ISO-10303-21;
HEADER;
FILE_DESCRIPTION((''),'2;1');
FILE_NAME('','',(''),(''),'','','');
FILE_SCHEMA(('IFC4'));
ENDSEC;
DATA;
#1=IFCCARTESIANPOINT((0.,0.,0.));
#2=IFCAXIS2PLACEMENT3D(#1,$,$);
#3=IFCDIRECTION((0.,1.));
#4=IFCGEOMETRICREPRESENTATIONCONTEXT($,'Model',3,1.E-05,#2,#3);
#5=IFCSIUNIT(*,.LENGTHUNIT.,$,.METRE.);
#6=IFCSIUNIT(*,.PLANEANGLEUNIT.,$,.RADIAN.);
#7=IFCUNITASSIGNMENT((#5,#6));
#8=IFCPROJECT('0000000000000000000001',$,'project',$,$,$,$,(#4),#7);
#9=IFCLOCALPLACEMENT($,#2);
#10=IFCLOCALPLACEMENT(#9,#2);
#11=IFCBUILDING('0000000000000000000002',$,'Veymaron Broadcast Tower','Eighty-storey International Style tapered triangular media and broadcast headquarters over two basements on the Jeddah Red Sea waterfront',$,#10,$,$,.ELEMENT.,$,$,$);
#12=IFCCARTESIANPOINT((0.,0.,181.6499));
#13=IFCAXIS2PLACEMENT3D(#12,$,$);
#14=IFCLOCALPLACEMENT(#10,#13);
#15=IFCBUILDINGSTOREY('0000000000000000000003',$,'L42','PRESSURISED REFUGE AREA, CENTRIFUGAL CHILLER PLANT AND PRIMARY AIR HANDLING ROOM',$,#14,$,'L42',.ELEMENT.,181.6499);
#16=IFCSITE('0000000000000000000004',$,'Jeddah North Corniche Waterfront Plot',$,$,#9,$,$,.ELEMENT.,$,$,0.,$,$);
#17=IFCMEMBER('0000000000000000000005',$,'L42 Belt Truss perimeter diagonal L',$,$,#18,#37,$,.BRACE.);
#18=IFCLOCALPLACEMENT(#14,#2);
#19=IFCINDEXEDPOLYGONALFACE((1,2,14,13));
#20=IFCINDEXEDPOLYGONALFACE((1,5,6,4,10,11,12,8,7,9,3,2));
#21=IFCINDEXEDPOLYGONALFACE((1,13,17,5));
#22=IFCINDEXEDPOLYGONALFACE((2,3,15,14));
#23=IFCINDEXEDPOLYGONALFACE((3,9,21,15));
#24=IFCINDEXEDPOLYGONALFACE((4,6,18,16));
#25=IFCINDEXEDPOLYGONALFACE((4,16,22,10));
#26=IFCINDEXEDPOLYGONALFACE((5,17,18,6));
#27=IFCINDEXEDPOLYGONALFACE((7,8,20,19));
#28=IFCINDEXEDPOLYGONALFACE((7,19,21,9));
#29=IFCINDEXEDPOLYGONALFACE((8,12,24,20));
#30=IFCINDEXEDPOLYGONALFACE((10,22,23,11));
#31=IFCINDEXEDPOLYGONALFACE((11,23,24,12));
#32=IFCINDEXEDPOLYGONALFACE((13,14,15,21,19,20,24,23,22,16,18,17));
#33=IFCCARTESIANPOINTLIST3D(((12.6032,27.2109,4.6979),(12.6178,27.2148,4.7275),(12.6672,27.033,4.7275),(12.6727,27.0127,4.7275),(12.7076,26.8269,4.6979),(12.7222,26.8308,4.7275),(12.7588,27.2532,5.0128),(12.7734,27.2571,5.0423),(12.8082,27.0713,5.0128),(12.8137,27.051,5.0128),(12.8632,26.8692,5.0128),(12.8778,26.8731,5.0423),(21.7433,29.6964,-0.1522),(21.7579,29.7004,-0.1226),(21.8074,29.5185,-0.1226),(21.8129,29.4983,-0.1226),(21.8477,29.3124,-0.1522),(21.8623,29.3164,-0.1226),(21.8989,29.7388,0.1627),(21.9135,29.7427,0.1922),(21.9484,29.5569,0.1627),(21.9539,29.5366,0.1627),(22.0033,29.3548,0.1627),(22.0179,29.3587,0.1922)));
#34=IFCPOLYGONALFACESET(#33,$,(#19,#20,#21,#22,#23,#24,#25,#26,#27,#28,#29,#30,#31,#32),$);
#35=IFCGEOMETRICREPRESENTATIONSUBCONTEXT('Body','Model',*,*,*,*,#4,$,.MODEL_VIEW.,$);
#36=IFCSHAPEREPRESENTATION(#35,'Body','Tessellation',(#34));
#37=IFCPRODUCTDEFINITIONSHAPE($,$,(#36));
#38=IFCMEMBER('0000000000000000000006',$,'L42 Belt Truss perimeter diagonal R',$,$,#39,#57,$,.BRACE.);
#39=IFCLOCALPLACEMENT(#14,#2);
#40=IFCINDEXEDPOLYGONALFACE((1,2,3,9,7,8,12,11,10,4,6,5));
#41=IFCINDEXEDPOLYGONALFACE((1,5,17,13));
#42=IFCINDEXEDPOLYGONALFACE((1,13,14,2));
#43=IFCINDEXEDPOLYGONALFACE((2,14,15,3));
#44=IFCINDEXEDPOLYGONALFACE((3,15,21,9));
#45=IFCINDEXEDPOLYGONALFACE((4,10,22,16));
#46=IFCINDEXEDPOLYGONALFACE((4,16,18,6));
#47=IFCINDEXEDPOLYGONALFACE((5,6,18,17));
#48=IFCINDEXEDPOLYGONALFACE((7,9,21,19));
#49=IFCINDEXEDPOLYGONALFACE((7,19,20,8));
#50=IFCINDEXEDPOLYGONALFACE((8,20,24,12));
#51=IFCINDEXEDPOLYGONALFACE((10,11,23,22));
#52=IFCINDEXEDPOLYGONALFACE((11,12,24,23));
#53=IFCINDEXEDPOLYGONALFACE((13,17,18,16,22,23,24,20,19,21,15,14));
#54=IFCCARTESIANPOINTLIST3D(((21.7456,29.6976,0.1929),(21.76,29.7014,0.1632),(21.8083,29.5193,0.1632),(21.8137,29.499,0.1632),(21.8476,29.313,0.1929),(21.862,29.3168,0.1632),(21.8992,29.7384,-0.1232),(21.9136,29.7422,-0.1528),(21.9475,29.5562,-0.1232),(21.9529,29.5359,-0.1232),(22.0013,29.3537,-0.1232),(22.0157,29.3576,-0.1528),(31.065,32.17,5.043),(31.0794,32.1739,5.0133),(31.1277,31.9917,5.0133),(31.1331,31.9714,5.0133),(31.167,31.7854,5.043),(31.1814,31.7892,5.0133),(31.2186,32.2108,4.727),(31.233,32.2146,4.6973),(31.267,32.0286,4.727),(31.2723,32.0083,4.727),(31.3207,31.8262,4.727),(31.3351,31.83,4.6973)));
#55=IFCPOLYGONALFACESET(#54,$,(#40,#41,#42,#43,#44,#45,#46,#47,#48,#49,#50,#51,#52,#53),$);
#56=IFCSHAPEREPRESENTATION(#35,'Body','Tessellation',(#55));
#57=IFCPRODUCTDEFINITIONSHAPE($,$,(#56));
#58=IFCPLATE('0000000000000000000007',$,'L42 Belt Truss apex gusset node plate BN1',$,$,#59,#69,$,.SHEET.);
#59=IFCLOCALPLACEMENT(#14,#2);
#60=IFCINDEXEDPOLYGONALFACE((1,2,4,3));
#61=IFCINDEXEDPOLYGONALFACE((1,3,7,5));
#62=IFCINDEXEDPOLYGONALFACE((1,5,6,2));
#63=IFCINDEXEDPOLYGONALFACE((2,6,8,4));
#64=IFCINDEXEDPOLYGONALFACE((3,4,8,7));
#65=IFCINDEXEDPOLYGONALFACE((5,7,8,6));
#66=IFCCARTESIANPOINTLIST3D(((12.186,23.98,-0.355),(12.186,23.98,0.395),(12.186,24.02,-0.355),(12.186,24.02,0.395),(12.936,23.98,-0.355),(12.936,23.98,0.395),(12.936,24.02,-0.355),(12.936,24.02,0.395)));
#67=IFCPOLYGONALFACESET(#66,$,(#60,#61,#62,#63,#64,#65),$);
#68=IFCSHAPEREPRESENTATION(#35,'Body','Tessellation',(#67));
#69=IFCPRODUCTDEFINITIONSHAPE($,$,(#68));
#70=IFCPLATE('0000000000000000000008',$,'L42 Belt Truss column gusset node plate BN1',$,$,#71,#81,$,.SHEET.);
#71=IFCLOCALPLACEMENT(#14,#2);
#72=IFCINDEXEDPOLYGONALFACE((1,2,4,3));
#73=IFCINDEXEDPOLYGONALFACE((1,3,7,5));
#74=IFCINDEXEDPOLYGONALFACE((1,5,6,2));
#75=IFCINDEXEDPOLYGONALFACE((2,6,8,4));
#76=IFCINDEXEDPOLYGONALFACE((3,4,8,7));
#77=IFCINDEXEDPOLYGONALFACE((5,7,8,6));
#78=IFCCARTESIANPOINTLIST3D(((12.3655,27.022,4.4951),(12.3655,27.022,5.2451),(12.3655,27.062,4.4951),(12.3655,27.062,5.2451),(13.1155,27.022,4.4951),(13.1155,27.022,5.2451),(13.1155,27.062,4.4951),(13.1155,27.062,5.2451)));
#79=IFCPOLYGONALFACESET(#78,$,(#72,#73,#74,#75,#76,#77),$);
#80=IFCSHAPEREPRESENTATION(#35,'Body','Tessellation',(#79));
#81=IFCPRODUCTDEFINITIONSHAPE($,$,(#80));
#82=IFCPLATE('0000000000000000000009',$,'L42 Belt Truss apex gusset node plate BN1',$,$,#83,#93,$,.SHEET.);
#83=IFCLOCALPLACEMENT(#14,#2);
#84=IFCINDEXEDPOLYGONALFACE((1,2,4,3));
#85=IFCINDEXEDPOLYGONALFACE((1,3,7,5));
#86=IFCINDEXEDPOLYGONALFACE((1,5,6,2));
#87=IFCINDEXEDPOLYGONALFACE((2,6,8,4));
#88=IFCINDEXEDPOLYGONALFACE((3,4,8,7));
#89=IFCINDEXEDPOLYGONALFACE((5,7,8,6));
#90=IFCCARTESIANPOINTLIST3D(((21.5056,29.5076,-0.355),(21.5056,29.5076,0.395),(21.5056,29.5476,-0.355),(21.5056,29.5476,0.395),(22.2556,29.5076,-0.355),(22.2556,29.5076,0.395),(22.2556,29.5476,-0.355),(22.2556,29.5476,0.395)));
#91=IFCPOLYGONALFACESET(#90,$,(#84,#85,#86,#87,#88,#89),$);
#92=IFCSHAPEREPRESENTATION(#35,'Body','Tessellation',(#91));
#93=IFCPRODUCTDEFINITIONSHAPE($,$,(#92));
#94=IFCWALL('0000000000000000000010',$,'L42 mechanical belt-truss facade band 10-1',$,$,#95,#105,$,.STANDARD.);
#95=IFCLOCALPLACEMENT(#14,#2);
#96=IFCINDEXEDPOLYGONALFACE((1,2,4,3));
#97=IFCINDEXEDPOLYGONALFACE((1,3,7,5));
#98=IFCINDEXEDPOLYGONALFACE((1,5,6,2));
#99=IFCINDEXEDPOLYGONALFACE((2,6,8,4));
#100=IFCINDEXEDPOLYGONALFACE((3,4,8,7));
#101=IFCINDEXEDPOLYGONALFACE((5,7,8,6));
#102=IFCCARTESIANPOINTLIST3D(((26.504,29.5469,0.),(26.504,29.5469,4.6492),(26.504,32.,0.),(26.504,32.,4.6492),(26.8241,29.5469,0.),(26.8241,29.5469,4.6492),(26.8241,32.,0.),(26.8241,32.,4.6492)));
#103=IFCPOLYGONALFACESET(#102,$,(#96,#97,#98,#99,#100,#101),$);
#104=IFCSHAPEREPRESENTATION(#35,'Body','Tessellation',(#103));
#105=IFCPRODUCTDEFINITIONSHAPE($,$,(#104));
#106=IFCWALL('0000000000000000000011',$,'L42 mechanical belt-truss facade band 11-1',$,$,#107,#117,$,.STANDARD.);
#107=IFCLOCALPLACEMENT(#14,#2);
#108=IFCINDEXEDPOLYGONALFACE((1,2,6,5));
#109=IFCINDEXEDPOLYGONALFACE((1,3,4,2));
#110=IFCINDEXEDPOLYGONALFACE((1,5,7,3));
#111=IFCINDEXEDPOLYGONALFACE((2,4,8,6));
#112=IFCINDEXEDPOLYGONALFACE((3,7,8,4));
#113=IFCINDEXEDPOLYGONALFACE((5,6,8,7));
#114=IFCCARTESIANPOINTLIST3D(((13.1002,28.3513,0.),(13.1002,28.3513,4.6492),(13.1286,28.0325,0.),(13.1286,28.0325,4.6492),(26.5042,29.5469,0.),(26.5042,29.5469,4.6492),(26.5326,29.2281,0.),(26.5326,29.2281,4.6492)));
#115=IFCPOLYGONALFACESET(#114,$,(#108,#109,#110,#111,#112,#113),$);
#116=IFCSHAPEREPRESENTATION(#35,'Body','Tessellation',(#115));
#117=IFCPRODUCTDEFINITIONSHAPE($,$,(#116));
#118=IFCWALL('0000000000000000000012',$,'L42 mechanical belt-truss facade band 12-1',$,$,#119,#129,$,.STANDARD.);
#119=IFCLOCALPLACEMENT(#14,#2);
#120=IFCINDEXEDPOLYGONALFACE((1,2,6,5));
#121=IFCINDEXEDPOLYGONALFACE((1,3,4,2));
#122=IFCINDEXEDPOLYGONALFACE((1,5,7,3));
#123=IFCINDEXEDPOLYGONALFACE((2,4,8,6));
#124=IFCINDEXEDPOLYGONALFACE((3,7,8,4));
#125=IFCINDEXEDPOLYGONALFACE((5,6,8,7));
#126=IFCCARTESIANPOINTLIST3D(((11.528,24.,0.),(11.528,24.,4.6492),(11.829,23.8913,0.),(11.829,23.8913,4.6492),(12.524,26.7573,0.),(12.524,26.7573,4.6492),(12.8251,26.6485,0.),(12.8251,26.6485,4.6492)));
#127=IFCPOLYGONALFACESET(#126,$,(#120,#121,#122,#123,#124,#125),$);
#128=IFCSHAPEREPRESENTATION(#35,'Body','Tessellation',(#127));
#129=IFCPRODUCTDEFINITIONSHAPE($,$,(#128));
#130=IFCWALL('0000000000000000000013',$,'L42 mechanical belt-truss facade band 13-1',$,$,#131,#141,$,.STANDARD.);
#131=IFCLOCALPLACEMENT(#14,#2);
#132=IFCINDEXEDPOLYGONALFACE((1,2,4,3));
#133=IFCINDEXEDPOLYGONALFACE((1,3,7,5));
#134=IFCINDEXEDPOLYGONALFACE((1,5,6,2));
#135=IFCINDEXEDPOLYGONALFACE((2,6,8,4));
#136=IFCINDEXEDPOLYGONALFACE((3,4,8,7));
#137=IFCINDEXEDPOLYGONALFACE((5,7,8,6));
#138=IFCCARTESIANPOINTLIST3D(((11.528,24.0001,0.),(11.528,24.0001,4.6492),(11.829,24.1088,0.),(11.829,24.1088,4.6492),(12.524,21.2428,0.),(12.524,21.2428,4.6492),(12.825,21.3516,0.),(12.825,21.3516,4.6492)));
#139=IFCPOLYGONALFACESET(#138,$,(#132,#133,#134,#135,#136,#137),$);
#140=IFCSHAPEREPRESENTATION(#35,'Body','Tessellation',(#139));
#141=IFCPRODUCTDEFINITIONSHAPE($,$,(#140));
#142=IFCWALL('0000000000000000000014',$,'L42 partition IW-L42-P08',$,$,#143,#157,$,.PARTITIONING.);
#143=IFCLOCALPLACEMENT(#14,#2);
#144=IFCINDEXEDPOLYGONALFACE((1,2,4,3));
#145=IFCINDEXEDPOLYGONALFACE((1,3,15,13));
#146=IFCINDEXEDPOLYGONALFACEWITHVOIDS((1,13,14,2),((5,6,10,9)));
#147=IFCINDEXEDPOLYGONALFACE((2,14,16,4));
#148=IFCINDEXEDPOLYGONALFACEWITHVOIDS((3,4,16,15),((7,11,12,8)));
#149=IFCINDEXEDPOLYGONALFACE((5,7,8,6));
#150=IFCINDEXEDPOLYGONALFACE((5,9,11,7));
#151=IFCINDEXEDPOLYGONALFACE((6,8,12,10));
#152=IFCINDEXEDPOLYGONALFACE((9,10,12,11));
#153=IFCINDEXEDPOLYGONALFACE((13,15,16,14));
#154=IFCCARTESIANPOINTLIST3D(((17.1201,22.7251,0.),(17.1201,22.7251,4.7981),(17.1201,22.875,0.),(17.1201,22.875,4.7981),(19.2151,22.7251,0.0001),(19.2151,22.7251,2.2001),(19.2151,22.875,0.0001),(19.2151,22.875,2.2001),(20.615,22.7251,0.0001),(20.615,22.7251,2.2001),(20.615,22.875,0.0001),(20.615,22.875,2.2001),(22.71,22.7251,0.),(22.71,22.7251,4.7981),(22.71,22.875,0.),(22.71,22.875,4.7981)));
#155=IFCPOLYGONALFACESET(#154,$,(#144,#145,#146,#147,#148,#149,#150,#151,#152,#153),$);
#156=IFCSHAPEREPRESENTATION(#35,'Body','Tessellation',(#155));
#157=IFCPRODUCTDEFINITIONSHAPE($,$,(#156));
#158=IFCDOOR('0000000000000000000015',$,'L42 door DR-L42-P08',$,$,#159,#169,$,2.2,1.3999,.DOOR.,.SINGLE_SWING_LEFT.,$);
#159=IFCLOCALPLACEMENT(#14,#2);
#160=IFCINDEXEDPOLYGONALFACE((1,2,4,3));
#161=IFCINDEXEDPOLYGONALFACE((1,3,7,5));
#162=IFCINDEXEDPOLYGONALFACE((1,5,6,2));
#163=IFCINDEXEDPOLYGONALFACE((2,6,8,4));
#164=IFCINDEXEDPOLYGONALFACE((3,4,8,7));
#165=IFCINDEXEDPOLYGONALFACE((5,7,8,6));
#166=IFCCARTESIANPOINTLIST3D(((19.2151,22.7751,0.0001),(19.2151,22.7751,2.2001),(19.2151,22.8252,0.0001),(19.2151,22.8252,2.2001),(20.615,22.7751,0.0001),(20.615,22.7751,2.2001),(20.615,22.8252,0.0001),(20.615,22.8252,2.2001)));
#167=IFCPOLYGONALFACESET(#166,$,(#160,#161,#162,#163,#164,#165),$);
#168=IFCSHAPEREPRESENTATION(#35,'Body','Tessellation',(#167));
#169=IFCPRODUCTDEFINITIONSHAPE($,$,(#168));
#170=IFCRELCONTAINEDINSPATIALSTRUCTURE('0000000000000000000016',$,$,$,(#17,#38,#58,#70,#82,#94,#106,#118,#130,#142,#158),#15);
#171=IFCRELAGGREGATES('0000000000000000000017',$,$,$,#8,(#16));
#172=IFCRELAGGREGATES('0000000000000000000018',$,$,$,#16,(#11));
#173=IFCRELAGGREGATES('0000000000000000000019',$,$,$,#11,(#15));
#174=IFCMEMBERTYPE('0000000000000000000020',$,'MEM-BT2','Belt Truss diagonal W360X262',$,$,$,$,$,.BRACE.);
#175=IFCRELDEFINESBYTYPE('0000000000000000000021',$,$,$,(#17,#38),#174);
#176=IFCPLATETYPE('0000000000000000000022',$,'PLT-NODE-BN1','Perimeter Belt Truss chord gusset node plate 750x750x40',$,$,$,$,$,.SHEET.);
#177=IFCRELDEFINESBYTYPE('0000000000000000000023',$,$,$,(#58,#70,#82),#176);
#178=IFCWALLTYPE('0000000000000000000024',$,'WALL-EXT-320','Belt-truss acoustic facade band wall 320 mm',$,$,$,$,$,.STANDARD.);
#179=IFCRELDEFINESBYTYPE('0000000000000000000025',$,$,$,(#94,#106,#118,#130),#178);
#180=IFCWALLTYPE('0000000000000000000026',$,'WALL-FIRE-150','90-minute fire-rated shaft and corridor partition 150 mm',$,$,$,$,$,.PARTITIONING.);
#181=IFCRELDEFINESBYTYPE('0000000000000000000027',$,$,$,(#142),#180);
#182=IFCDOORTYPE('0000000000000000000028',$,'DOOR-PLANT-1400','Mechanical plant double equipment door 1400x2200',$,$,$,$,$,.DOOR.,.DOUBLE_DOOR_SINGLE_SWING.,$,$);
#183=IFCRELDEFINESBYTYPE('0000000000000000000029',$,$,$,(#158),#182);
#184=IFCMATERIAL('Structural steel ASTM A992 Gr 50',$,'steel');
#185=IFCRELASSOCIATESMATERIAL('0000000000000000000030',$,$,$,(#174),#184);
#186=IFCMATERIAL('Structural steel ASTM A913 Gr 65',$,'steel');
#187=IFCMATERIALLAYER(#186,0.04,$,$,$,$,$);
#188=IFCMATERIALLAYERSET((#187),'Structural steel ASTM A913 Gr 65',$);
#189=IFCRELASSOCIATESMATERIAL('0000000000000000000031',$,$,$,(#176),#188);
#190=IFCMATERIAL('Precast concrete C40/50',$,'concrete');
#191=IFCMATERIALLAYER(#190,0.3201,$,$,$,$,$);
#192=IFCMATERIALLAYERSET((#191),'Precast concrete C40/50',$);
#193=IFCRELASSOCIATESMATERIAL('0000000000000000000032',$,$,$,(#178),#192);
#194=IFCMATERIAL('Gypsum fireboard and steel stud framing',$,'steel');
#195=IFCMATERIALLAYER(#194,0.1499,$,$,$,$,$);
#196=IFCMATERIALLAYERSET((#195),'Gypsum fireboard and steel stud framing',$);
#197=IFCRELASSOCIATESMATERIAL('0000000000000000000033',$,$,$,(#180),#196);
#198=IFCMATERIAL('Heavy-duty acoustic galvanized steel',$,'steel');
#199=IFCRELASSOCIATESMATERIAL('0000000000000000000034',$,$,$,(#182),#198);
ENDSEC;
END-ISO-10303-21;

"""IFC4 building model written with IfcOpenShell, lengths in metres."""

from ifc_helpers import new_model, si_unit, direction, frame, frame_2d, origin, origin_2d, place, context, subcontext, project, spatial, rectangle, i_section, extrude, material, layer, layer_set, material_profile, profile_set, type_object, element, fill, save


model = new_model("IFC4")

# Units and contexts
model_context = context("Model", 3, precision=1e-05, world=origin(), true_north=direction((0.0, 1.0)))
body_context = subcontext(model_context, "Body", "Model", "MODEL_VIEW")
ifc_project = project(units=[si_unit("LENGTHUNIT", "METRE"), si_unit("PLANEANGLEUNIT", "RADIAN")], contexts=[model_context])

# Site, building, storey
site_placement = place(None, origin())
site = spatial("IfcSite", under=ifc_project, at=site_placement, Name="Jeddah North Corniche Waterfront Plot", CompositionType="ELEMENT", RefElevation=0.0)
building_placement = place(site_placement, origin())
building = spatial("IfcBuilding", under=site, at=building_placement, Name="Veymaron Broadcast Tower", Description="Eighty-storey International Style tapered triangular media and broadcast headquarters over two basements on the Jeddah Red Sea waterfront", CompositionType="ELEMENT")
storey_placement = place(building_placement, frame((0.0, 0.0, 181.6499)))
storey = spatial("IfcBuildingStorey", under=building, at=storey_placement, Name="L42", Description="PRESSURISED REFUGE AREA, CENTRIFUGAL CHILLER PLANT AND PRIMARY AIR HANDLING ROOM", LongName="L42", CompositionType="ELEMENT", Elevation=181.6499)

# Shared definitions
ifc_material_1 = material(Name="Structural steel ASTM A913 Gr 65", Category="steel")

# Shared definitions
ifc_material_2 = material(Name="Structural steel ASTM A992 Gr 50", Category="steel")

# Members
ifc_material_profile_1 = material_profile(ifc_material_2, i_section(OverallWidth=0.3979, OverallDepth=0.387, WebThickness=0.021, FlangeThickness=0.0332, at=origin_2d()), Name="W360X262")
ifc_profile_set_1 = profile_set([ifc_material_profile_1], Name="Structural steel ASTM A992 Gr 50")
member_type = type_object("IfcMemberType", Name="MEM-BT2", Description="Belt Truss diagonal W360X262", PredefinedType="BRACE", material=ifc_profile_set_1)
member_1_placement = place(storey_placement, frame((21.8806, 29.5276, 0.02), z_axis=(-0.858906, -0.233573, 0.455768), x_axis=(0.262413, -0.964956, 0.0)))
element("IfcMember", 1, at=member_1_placement, inside=storey, type_object=member_type, Name="L42 Belt Truss perimeter diagonal L", PredefinedType="BRACE", context=body_context, shape_type="SweptSolid", body=[
    extrude(i_section(OverallWidth=0.3979, OverallDepth=0.387, WebThickness=0.021, FlangeThickness=0.0332, at=origin_2d()), origin(), (0.0, 0.0, 1.0), 10.6416),
])
member_2_placement = place(storey_placement, frame((21.8806, 29.5276, 0.02), z_axis=(0.863471, 0.229078, 0.449379), x_axis=(-0.256428, 0.966563, 0.0)))
element("IfcMember", 2, at=member_2_placement, inside=storey, type_object=member_type, Name="L42 Belt Truss perimeter diagonal R", PredefinedType="BRACE", context=body_context, shape_type="SweptSolid", body=[
    extrude(i_section(OverallWidth=0.3979, OverallDepth=0.387, WebThickness=0.021, FlangeThickness=0.0332, at=origin_2d()), origin(), (0.0, 0.0, 1.0), 10.793),
])

# Plates
ifc_layer_1 = layer(ifc_material_1, 0.04)
ifc_layer_set_1 = layer_set([ifc_layer_1], Name="Structural steel ASTM A913 Gr 65")
plate_type = type_object("IfcPlateType", Name="PLT-NODE-BN1", Description="Perimeter Belt Truss chord gusset node plate 750x750x40", PredefinedType="SHEET", material=ifc_layer_set_1)
for number, where, z_axis, x_axis, name in (
    (3, (12.561, 24.0, -0.355), (0.0, 0.0, 1.0), (1.0, 0.0, 0.0), "L42 Belt Truss apex gusset node plate BN1"),
    (4, (12.7405, 27.042, 4.4951), (0.0, 0.0, 1.0), (1.0, 0.0, 0.0), "L42 Belt Truss column gusset node plate BN1"),
    (5, (21.8806, 29.5276, -0.355), (0.0, 0.0, 1.0), (1.0, 0.0, 0.0), "L42 Belt Truss apex gusset node plate BN1"),
):
    element("IfcPlate", number, at=place(storey_placement, frame(where, z_axis=z_axis, x_axis=x_axis)), inside=storey, type_object=plate_type, Name=name, PredefinedType="SHEET", context=body_context, shape_type="SweptSolid", body=[
        extrude(rectangle(XDim=0.75, YDim=0.04, at=origin_2d()), origin(), (0.0, 0.0, 1.0), 0.75),
    ])

# Walls
ifc_material_3 = material(Name="Precast concrete C40/50", Category="concrete")
ifc_layer_2 = layer(ifc_material_3, 0.3201)
ifc_layer_set_2 = layer_set([ifc_layer_2], Name="Precast concrete C40/50")
wall_type_1 = type_object("IfcWallType", Name="WALL-EXT-320", Description="Belt-truss acoustic facade band wall 320 mm", PredefinedType="STANDARD", material=ifc_layer_set_2)
wall_1_placement = place(storey_placement, frame((26.6641, 32.0, 0.0), z_axis=(0.0, 0.0, 1.0), x_axis=(0.0, -1.0, 0.0)))
element("IfcWall", 6, at=wall_1_placement, inside=storey, type_object=wall_type_1, Name="L42 mechanical belt-truss facade band 10-1", PredefinedType="STANDARD", context=body_context, shape_type="SweptSolid", body=[
    extrude(rectangle(XDim=2.4531, YDim=0.3201, at=frame_2d((1.2266, 0.0))), origin(), (0.0, 0.0, 1.0), 4.6492),
])
wall_2_placement = place(storey_placement, frame((26.5183, 29.3875, 0.0), z_axis=(0.0, 0.0, 1.0), x_axis=(-0.996046, -0.088841, 0.0)))
element("IfcWall", 7, at=wall_2_placement, inside=storey, type_object=wall_type_1, Name="L42 mechanical belt-truss facade band 11-1", PredefinedType="STANDARD", context=body_context, shape_type="SweptSolid", body=[
    extrude(rectangle(XDim=13.4573, YDim=0.3201, at=frame_2d((6.7285, 0.0))), origin(), (0.0, 0.0, 1.0), 4.6492),
])
for number, where, z_axis, x_axis, name in (
    (8, (12.6746, 26.7029, 0.0), (0.0, 0.0, 1.0), (-0.339763, -0.940511, 0.0), "L42 mechanical belt-truss facade band 12-1"),
    (9, (11.6785, 24.0544, 0.0), (0.0, 0.0, 1.0), (0.339763, -0.940511, 0.0), "L42 mechanical belt-truss facade band 13-1"),
):
    element("IfcWall", number, at=place(storey_placement, frame(where, z_axis=z_axis, x_axis=x_axis)), inside=storey, type_object=wall_type_1, Name=name, PredefinedType="STANDARD", context=body_context, shape_type="SweptSolid", body=[
        extrude(rectangle(XDim=2.9316, YDim=0.3201, at=frame_2d((1.4658, 0.0))), origin(), (0.0, 0.0, 1.0), 4.6492),
    ])

# Wall, opening, door
ifc_material_4 = material(Name="Gypsum fireboard and steel stud framing", Category="steel")
ifc_layer_3 = layer(ifc_material_4, 0.1499)
ifc_layer_set_3 = layer_set([ifc_layer_3], Name="Gypsum fireboard and steel stud framing")
wall_type_2 = type_object("IfcWallType", Name="WALL-FIRE-150", Description="90-minute fire-rated shaft and corridor partition 150 mm", PredefinedType="PARTITIONING", material=ifc_layer_set_3)
wall_3_placement = place(storey_placement, frame((17.1201, 22.8, 0.0), z_axis=(0.0, 0.0, 1.0), x_axis=(1.0, 0.0, 0.0)))
wall_3 = element("IfcWall", 10, at=wall_3_placement, inside=storey, type_object=wall_type_2, Name="L42 partition IW-L42-P08", PredefinedType="PARTITIONING", context=body_context, shape_type="SweptSolid", body=[
    extrude(rectangle(XDim=5.5898, YDim=0.1499, at=frame_2d((2.7949, 0.0))), origin(), (0.0, 0.0, 1.0), 4.7981),
])
opening_1_placement = place(wall_3_placement, frame((2.095, 0.0, 0.0)))
opening_1 = element("IfcOpeningElement", 11, at=opening_1_placement, cuts=wall_3, PredefinedType="OPENING", context=body_context, shape_type="SweptSolid", body=[
    extrude(rectangle(XDim=1.3999, YDim=2.2, at=frame_2d((0.7, 1.1001))), frame((0.0, 0.085, 0.0), z_axis=(0.0, -1.0, 0.0), x_axis=(1.0, 0.0, 0.0)), (0.0, 0.0, 1.0), 0.1699),
])
ifc_material_5 = material(Name="Heavy-duty acoustic galvanized steel", Category="steel")
door_type_1 = type_object("IfcDoorType", Name="DOOR-PLANT-1400", Description="Mechanical plant double equipment door 1400x2200", OperationType="DOUBLE_DOOR_SINGLE_SWING", PredefinedType="DOOR", material=ifc_material_5)
door_1_placement = place(opening_1_placement, frame((1.3999, 0.0, 0.0), z_axis=(0.0, 0.0, 1.0), x_axis=(-1.0, 0.0, 0.0)))
door_1 = element("IfcDoor", 12, at=door_1_placement, inside=storey, type_object=door_type_1, Name="L42 door DR-L42-P08", OperationType="SINGLE_SWING_LEFT", OverallHeight=2.2, OverallWidth=1.3999, PredefinedType="DOOR", context=body_context, shape_type="SweptSolid", body=[
    extrude(rectangle(XDim=1.3999, YDim=2.2, at=frame_2d((0.7, 1.1001))), frame((0.0, 0.0249, 0.0), z_axis=(0.0, -1.0, 0.0), x_axis=(1.0, 0.0, 0.0)), (0.0, 0.0, 1.0), 0.05),
])
fill(opening_1, door_1)

save(model, "model.ifc")
